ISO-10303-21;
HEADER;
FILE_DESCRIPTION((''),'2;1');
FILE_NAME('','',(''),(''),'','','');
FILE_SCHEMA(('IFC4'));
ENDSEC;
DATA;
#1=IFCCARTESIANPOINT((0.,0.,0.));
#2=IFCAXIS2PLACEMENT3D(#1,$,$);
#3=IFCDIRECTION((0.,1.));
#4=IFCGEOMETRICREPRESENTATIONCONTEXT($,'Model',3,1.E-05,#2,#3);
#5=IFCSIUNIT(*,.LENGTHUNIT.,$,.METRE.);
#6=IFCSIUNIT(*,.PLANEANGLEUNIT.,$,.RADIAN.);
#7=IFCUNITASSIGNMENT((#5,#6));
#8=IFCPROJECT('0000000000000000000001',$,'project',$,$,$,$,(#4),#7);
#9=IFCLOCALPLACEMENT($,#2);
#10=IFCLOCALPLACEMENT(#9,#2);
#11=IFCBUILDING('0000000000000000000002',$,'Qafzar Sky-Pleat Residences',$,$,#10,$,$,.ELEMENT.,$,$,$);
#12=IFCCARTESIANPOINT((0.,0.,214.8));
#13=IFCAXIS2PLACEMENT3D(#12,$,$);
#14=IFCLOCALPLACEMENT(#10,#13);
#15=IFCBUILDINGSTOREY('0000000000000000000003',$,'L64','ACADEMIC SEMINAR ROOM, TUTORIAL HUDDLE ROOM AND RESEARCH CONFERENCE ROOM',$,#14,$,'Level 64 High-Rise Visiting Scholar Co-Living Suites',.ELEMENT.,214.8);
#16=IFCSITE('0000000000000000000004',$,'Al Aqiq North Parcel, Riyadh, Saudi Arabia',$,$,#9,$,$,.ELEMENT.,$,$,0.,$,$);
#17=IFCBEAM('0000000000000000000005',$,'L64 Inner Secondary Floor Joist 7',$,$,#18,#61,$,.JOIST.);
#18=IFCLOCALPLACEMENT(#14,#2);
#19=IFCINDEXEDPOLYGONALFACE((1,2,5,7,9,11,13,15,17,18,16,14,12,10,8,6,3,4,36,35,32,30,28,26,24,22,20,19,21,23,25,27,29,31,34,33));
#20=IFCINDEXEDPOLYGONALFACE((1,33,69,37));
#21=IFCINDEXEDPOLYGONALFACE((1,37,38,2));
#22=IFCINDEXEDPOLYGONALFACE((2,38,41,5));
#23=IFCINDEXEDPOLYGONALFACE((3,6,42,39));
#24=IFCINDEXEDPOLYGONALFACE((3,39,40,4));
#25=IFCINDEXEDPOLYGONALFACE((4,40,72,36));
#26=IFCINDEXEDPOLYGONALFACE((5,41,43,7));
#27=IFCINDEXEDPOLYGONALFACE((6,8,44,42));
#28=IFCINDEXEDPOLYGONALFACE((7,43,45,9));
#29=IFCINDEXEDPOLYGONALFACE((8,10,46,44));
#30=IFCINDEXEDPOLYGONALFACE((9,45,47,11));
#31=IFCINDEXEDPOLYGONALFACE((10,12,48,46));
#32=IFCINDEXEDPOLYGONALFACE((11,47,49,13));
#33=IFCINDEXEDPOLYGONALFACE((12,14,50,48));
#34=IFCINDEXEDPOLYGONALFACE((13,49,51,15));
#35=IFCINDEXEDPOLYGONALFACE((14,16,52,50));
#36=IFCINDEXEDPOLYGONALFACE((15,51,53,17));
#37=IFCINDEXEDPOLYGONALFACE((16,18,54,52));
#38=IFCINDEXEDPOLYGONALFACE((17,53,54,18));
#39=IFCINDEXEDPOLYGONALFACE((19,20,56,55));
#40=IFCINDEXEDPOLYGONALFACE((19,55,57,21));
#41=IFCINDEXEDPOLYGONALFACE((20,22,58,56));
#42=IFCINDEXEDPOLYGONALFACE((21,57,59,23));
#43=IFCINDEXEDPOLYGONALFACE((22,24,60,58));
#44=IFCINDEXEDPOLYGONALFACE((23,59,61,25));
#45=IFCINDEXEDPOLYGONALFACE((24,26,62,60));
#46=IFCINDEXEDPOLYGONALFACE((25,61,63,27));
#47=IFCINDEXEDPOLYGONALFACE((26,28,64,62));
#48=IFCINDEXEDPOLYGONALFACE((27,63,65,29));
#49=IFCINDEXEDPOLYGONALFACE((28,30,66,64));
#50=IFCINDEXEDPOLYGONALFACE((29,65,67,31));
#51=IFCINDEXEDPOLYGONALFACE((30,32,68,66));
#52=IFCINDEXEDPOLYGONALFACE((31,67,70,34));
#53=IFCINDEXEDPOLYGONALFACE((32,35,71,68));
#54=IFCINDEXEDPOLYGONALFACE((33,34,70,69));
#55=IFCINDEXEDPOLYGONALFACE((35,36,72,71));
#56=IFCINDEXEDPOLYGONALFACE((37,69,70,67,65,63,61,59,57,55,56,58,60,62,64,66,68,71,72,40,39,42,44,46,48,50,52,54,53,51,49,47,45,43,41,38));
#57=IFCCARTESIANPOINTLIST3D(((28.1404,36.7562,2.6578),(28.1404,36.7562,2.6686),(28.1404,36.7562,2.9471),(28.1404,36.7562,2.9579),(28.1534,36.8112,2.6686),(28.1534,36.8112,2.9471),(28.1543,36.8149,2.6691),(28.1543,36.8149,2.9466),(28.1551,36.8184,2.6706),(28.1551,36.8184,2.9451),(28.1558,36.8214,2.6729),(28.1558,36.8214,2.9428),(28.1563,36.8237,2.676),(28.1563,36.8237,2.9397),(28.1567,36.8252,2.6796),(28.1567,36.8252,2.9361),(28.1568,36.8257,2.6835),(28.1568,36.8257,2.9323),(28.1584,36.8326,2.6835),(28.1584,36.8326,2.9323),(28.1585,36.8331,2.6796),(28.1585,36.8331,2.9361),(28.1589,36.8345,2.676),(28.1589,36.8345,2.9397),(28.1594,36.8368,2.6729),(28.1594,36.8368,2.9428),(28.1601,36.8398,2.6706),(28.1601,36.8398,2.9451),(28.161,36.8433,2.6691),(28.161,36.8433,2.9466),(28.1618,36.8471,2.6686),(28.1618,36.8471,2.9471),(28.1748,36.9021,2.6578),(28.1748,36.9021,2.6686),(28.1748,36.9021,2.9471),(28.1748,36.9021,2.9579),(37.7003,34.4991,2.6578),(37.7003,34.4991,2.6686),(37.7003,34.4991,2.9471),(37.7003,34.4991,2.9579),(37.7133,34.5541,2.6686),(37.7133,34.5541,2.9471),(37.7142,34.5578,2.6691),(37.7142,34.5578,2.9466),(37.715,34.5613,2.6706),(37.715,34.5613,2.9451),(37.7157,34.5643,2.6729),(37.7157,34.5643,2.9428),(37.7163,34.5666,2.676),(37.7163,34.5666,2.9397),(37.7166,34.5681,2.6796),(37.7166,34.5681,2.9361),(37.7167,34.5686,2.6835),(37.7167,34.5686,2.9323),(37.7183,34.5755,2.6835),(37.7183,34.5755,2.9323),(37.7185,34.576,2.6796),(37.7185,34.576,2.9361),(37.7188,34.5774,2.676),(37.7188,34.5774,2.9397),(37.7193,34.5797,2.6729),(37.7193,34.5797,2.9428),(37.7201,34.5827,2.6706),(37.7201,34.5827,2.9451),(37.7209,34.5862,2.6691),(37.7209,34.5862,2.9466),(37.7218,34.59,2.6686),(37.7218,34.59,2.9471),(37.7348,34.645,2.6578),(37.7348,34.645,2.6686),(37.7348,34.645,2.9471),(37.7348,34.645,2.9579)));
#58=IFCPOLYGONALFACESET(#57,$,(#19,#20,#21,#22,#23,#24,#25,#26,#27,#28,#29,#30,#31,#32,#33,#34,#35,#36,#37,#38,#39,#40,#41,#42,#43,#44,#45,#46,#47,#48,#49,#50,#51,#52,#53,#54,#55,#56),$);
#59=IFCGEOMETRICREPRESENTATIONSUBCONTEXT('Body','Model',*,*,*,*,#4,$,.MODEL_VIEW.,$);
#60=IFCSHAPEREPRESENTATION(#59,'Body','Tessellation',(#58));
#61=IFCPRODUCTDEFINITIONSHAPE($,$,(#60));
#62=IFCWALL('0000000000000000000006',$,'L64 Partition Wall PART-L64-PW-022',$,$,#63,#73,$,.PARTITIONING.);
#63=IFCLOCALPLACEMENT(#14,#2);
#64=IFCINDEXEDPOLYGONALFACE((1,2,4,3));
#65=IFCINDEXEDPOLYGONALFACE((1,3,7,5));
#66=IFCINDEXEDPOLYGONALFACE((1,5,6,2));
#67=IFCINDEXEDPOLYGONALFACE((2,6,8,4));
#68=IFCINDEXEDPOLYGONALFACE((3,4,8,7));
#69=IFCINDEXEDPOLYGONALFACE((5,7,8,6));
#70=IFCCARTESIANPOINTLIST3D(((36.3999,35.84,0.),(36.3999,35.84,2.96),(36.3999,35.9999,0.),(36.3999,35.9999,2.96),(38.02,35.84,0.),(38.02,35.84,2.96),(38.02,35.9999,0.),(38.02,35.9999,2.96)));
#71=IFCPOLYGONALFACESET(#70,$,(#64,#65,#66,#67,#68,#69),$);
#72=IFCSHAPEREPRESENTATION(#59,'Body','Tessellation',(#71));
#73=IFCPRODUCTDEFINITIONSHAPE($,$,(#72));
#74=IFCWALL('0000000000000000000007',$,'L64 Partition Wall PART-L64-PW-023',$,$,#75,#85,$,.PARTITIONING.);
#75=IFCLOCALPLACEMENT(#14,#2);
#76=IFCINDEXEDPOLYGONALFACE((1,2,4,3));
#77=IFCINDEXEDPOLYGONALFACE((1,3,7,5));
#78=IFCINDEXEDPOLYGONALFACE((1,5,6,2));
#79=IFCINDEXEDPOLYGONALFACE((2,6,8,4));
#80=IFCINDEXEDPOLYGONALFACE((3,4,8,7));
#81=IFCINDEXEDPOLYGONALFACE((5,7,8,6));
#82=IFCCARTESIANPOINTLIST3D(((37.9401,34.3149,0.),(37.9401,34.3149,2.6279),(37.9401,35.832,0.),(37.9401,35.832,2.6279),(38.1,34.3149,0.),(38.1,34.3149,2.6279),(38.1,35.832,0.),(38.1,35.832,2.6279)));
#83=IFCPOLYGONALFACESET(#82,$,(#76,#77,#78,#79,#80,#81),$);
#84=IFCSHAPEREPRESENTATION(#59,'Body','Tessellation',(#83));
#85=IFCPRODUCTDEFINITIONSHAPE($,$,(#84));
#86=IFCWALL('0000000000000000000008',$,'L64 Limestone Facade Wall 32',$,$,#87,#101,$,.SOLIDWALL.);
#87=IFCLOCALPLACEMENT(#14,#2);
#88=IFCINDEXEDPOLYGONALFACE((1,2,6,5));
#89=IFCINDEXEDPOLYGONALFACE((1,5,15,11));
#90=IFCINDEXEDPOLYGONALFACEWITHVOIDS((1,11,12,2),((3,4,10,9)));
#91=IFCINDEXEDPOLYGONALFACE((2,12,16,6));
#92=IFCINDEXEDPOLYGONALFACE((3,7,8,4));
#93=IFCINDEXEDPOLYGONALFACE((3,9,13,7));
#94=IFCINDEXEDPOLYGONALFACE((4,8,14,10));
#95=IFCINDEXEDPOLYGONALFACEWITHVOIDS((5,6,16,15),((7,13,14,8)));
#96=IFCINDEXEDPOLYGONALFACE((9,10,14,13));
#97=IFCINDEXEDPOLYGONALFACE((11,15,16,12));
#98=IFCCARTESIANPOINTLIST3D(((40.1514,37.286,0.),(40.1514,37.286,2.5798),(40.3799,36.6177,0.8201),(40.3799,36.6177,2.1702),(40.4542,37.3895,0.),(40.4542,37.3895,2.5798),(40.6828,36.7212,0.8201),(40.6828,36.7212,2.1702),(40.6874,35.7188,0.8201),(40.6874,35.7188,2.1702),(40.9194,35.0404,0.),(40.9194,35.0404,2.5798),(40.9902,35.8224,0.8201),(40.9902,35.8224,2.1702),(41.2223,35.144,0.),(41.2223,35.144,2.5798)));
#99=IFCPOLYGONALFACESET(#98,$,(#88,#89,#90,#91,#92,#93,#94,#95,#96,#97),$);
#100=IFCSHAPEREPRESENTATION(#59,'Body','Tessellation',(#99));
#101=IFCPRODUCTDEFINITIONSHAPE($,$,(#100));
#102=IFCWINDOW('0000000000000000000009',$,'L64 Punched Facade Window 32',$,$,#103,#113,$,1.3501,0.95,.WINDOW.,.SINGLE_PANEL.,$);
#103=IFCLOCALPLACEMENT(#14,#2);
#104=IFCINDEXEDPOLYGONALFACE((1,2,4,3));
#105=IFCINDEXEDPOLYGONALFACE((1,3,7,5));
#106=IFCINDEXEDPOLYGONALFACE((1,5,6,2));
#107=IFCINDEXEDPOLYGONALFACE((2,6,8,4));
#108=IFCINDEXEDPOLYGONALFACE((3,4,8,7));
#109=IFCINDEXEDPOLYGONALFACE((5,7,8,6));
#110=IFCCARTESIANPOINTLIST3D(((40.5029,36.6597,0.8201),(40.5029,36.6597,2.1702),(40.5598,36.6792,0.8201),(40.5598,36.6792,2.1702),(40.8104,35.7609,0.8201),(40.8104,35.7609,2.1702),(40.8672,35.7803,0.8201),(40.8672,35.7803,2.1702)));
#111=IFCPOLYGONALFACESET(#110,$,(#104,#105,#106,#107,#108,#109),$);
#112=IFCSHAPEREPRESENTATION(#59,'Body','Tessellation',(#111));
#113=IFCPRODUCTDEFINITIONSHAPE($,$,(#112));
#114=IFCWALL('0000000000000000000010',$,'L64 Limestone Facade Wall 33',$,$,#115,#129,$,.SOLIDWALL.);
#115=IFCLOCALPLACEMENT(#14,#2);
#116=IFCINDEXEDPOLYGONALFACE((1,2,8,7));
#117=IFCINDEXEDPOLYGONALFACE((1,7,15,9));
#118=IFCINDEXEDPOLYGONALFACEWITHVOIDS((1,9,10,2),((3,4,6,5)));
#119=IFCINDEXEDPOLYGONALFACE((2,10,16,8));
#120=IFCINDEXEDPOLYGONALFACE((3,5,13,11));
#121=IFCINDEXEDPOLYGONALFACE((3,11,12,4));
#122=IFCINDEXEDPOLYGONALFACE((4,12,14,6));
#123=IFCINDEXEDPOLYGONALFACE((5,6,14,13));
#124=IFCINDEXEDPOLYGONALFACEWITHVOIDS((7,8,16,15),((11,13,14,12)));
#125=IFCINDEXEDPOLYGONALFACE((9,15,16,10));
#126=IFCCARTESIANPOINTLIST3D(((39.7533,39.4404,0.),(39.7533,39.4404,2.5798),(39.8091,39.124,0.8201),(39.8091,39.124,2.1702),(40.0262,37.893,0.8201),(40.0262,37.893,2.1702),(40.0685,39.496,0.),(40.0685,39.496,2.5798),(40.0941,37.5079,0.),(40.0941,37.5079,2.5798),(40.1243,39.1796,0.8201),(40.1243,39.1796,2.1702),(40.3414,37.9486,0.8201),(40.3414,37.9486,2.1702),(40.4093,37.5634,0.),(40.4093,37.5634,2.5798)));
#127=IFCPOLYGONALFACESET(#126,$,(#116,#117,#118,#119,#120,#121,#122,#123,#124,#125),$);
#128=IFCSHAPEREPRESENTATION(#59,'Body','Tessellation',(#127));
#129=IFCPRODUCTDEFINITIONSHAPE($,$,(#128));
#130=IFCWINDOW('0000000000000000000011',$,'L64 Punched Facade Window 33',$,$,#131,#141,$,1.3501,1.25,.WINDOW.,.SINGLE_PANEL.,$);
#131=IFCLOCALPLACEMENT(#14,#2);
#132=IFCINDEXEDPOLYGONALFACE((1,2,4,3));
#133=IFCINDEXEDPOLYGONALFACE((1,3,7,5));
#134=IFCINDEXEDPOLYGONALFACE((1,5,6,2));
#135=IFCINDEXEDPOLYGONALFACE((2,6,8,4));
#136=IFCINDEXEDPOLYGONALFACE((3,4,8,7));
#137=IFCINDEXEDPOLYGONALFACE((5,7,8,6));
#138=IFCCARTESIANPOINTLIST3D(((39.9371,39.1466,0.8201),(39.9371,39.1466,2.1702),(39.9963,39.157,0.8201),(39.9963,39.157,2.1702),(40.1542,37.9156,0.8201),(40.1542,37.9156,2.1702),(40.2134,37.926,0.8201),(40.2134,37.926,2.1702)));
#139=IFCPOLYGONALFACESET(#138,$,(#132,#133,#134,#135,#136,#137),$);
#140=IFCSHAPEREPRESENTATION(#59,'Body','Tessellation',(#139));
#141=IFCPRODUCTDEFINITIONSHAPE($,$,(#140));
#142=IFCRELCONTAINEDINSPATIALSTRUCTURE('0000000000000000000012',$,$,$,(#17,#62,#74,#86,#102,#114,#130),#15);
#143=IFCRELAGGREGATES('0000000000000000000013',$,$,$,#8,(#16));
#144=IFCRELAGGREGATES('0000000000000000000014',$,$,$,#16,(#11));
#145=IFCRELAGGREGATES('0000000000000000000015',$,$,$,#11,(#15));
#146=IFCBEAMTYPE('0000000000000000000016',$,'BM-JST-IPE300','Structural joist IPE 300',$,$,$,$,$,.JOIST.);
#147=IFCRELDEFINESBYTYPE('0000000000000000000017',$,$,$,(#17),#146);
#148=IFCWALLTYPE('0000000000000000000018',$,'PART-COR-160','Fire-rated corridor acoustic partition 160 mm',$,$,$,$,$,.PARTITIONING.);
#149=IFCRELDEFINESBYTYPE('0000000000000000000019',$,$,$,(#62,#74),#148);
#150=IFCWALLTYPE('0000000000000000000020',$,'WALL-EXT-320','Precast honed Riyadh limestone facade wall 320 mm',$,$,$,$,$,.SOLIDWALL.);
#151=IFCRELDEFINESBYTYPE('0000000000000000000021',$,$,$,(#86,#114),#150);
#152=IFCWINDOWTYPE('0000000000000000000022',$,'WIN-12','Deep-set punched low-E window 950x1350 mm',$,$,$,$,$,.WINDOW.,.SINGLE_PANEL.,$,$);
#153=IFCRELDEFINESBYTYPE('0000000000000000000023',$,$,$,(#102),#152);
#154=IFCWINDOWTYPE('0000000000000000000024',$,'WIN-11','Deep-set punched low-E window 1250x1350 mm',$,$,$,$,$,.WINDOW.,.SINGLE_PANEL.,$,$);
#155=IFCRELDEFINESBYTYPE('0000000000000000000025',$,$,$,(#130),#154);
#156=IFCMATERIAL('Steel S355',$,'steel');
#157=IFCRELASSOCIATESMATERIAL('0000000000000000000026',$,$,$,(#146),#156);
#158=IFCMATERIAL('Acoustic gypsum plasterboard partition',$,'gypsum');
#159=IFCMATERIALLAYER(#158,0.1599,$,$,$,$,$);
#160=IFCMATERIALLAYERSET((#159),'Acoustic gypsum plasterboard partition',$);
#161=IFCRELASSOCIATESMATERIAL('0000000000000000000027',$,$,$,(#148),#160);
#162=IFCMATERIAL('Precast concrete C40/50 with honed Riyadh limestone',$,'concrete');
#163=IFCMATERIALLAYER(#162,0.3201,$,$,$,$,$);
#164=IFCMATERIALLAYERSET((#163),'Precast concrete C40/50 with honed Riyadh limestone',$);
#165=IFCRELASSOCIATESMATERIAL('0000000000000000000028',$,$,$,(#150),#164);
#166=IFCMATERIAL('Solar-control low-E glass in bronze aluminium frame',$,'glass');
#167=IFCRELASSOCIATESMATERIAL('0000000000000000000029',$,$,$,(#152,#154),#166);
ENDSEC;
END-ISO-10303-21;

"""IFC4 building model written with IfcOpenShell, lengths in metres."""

from ifc_helpers import new_model, si_unit, direction, frame, frame_2d, origin, origin_2d, place, context, subcontext, project, spatial, rectangle, i_section, extrude, source, transform, mapped, material, layer, layer_set, material_profile, profile_set, type_object, element, fill, save


model = new_model("IFC4")

# Units and contexts
model_context = context("Model", 3, precision=1e-05, world=origin(), true_north=direction((0.0, 1.0)))
body_context = subcontext(model_context, "Body", "Model", "MODEL_VIEW")
ifc_project = project(units=[si_unit("LENGTHUNIT", "METRE"), si_unit("PLANEANGLEUNIT", "RADIAN")], contexts=[model_context])

# Site, building, storey
site_placement = place(None, origin())
site = spatial("IfcSite", under=ifc_project, at=site_placement, Name="Al Aqiq North Parcel, Riyadh, Saudi Arabia", CompositionType="ELEMENT", RefElevation=0.0)
building_placement = place(site_placement, origin())
building = spatial("IfcBuilding", under=site, at=building_placement, Name="Qafzar Sky-Pleat Residences", CompositionType="ELEMENT")
storey_placement = place(building_placement, frame((0.0, 0.0, 214.8)))
storey = spatial("IfcBuildingStorey", under=building, at=storey_placement, Name="L64", Description="ACADEMIC SEMINAR ROOM, TUTORIAL HUDDLE ROOM AND RESEARCH CONFERENCE ROOM", LongName="Level 64 High-Rise Visiting Scholar Co-Living Suites", CompositionType="ELEMENT", Elevation=214.8)

# Beam
ifc_material_1 = material(Name="Steel S355", Category="steel")
ifc_material_profile_1 = material_profile(ifc_material_1, i_section(OverallWidth=0.1499, OverallDepth=0.3, WebThickness=0.0071, FlangeThickness=0.0107, FilletRadius=0.0149, at=origin_2d()), Name="IPE 300")
ifc_profile_set_1 = profile_set([ifc_material_profile_1], Name="Steel S355")
beam_type_1 = type_object("IfcBeamType", Name="BM-JST-IPE300", Description="Structural joist IPE 300", PredefinedType="JOIST", material=ifc_profile_set_1)
shared_shape_1 = source(origin(), body_context, "Body", "SweptSolid", [
    extrude(i_section(OverallWidth=0.1499, OverallDepth=0.3, WebThickness=0.0071, FlangeThickness=0.0107, FilletRadius=0.0149, at=origin_2d()), origin(), (0.0, 0.0, 1.0), 9.8228),
])
beam_1_placement = place(storey_placement, frame((37.7175, 34.572, 2.8079), z_axis=(-0.973242, 0.229783, 0.0), x_axis=(-0.229783, -0.973242, 0.0)))
element("IfcBeam", 1, at=beam_1_placement, inside=storey, type_object=beam_type_1, Name="L64 Inner Secondary Floor Joist 7", PredefinedType="JOIST", context=body_context, shape_type="MappedRepresentation", body=[
    mapped(shared_shape_1, transform((0.0, 0.0, 0.0), x_axis=(1.0, 0.0, 0.0), y_axis=(0.0, 1.0, 0.0), z_axis=(0.0, 0.0, 1.0), scale=1.0)),
])

# Walls
ifc_material_2 = material(Name="Acoustic gypsum plasterboard partition", Category="gypsum")
ifc_layer_1 = layer(ifc_material_2, 0.1599)
ifc_layer_set_1 = layer_set([ifc_layer_1], Name="Acoustic gypsum plasterboard partition")
wall_type_1 = type_object("IfcWallType", Name="PART-COR-160", Description="Fire-rated corridor acoustic partition 160 mm", PredefinedType="PARTITIONING", material=ifc_layer_set_1)
wall_1_placement = place(storey_placement, frame((36.3999, 35.9199, 0.0), z_axis=(0.0, 0.0, 1.0), x_axis=(1.0, 0.0, 0.0)))
element("IfcWall", 2, at=wall_1_placement, inside=storey, type_object=wall_type_1, Name="L64 Partition Wall PART-L64-PW-022", PredefinedType="PARTITIONING", context=body_context, shape_type="SweptSolid", body=[
    extrude(rectangle(XDim=1.6201, YDim=0.1599, at=frame_2d((0.8101, 0.0))), origin(), (0.0, 0.0, 1.0), 2.96),
])
wall_2_placement = place(storey_placement, frame((38.02, 34.3149, 0.0), z_axis=(0.0, 0.0, 1.0), x_axis=(0.0, 1.0, 0.0)))
element("IfcWall", 3, at=wall_2_placement, inside=storey, type_object=wall_type_1, Name="L64 Partition Wall PART-L64-PW-023", PredefinedType="PARTITIONING", context=body_context, shape_type="SweptSolid", body=[
    extrude(rectangle(XDim=1.5171, YDim=0.1599, at=frame_2d((0.7585, 0.0))), origin(), (0.0, 0.0, 1.0), 2.6279),
])

# Walls, openings, windows
ifc_material_3 = material(Name="Precast concrete C40/50 with honed Riyadh limestone", Category="concrete")
ifc_layer_2 = layer(ifc_material_3, 0.3201)
ifc_layer_set_2 = layer_set([ifc_layer_2], Name="Precast concrete C40/50 with honed Riyadh limestone")
wall_type_2 = type_object("IfcWallType", Name="WALL-EXT-320", Description="Precast honed Riyadh limestone facade wall 320 mm", PredefinedType="SOLIDWALL", material=ifc_layer_set_2)
wall_3_placement = place(storey_placement, frame((41.0708, 35.0923, 0.0), z_axis=(0.0, 0.0, 1.0), x_axis=(-0.323625, 0.946186, 0.0)))
wall_3 = element("IfcWall", 4, at=wall_3_placement, inside=storey, type_object=wall_type_2, Name="L64 Limestone Facade Wall 32", PredefinedType="SOLIDWALL", context=body_context, shape_type="SweptSolid", body=[
    extrude(rectangle(XDim=2.3733, YDim=0.3201, at=frame_2d((1.1865, 0.0))), origin(), (0.0, 0.0, 1.0), 2.5798),
])
opening_1_placement = place(wall_3_placement, frame((0.7168, 0.0, 0.8201)))
opening_1 = element("IfcOpeningElement", 5, at=opening_1_placement, cuts=wall_3, PredefinedType="OPENING", context=body_context, shape_type="SweptSolid", body=[
    extrude(rectangle(XDim=0.95, YDim=1.3501, at=frame_2d((0.4751, 0.675))), frame((0.0, 0.1699, 0.0), z_axis=(0.0, -1.0, 0.0), x_axis=(1.0, 0.0, 0.0)), (0.0, 0.0, 1.0), 0.3401),
])
ifc_material_4 = material(Name="Solar-control low-E glass in bronze aluminium frame", Category="glass")
window_type_1 = type_object("IfcWindowType", Name="WIN-12", Description="Deep-set punched low-E window 950x1350 mm", PartitioningType="SINGLE_PANEL", PredefinedType="WINDOW", material=ifc_material_4)
shared_shape_2 = source(origin(), body_context, "Body", "SweptSolid", [
    extrude(rectangle(XDim=0.95, YDim=1.3501, at=frame_2d((0.4751, 0.675))), frame((0.0, 0.03, 0.0), z_axis=(0.0, -1.0, 0.0), x_axis=(1.0, 0.0, 0.0)), (0.0, 0.0, 1.0), 0.0601),
])
window_1_placement = place(opening_1_placement, origin())
window_1 = element("IfcWindow", 6, at=window_1_placement, inside=storey, type_object=window_type_1, Name="L64 Punched Facade Window 32", OverallHeight=1.3501, OverallWidth=0.95, PartitioningType="SINGLE_PANEL", PredefinedType="WINDOW", context=body_context, shape_type="MappedRepresentation", body=[
    mapped(shared_shape_2, transform((0.0, 0.0, 0.0), x_axis=(1.0, 0.0, 0.0), y_axis=(0.0, 1.0, 0.0), z_axis=(0.0, 0.0, 1.0), scale=1.0)),
])
fill(opening_1, window_1)
wall_4_placement = place(storey_placement, frame((40.2517, 37.5356, 0.0), z_axis=(0.0, 0.0, 1.0), x_axis=(-0.173672, 0.984804, 0.0)))
wall_4 = element("IfcWall", 7, at=wall_4_placement, inside=storey, type_object=wall_type_2, Name="L64 Limestone Facade Wall 33", PredefinedType="SOLIDWALL", context=body_context, shape_type="SweptSolid", body=[
    extrude(rectangle(XDim=1.9624, YDim=0.3201, at=frame_2d((0.9812, 0.0))), origin(), (0.0, 0.0, 1.0), 2.5798),
])
opening_2_placement = place(wall_4_placement, frame((0.3911, 0.0, 0.8201)))
opening_2 = element("IfcOpeningElement", 8, at=opening_2_placement, cuts=wall_4, PredefinedType="OPENING", context=body_context, shape_type="SweptSolid", body=[
    extrude(rectangle(XDim=1.25, YDim=1.3501, at=frame_2d((0.625, 0.675))), frame((0.0, 0.1699, 0.0), z_axis=(0.0, -1.0, 0.0), x_axis=(1.0, 0.0, 0.0)), (0.0, 0.0, 1.0), 0.3401),
])
window_type_2 = type_object("IfcWindowType", Name="WIN-11", Description="Deep-set punched low-E window 1250x1350 mm", PartitioningType="SINGLE_PANEL", PredefinedType="WINDOW", material=ifc_material_4)
shared_shape_3 = source(origin(), body_context, "Body", "SweptSolid", [
    extrude(rectangle(XDim=1.25, YDim=1.3501, at=frame_2d((0.625, 0.675))), frame((0.0, 0.03, 0.0), z_axis=(0.0, -1.0, 0.0), x_axis=(1.0, 0.0, 0.0)), (0.0, 0.0, 1.0), 0.0601),
])
window_2_placement = place(opening_2_placement, origin())
window_2 = element("IfcWindow", 9, at=window_2_placement, inside=storey, type_object=window_type_2, Name="L64 Punched Facade Window 33", OverallHeight=1.3501, OverallWidth=1.25, PartitioningType="SINGLE_PANEL", PredefinedType="WINDOW", context=body_context, shape_type="MappedRepresentation", body=[
    mapped(shared_shape_3, transform((0.0, 0.0, 0.0), x_axis=(1.0, 0.0, 0.0), y_axis=(0.0, 1.0, 0.0), z_axis=(0.0, 0.0, 1.0), scale=1.0)),
])
fill(opening_2, window_2)

save(model, "model.ifc")
